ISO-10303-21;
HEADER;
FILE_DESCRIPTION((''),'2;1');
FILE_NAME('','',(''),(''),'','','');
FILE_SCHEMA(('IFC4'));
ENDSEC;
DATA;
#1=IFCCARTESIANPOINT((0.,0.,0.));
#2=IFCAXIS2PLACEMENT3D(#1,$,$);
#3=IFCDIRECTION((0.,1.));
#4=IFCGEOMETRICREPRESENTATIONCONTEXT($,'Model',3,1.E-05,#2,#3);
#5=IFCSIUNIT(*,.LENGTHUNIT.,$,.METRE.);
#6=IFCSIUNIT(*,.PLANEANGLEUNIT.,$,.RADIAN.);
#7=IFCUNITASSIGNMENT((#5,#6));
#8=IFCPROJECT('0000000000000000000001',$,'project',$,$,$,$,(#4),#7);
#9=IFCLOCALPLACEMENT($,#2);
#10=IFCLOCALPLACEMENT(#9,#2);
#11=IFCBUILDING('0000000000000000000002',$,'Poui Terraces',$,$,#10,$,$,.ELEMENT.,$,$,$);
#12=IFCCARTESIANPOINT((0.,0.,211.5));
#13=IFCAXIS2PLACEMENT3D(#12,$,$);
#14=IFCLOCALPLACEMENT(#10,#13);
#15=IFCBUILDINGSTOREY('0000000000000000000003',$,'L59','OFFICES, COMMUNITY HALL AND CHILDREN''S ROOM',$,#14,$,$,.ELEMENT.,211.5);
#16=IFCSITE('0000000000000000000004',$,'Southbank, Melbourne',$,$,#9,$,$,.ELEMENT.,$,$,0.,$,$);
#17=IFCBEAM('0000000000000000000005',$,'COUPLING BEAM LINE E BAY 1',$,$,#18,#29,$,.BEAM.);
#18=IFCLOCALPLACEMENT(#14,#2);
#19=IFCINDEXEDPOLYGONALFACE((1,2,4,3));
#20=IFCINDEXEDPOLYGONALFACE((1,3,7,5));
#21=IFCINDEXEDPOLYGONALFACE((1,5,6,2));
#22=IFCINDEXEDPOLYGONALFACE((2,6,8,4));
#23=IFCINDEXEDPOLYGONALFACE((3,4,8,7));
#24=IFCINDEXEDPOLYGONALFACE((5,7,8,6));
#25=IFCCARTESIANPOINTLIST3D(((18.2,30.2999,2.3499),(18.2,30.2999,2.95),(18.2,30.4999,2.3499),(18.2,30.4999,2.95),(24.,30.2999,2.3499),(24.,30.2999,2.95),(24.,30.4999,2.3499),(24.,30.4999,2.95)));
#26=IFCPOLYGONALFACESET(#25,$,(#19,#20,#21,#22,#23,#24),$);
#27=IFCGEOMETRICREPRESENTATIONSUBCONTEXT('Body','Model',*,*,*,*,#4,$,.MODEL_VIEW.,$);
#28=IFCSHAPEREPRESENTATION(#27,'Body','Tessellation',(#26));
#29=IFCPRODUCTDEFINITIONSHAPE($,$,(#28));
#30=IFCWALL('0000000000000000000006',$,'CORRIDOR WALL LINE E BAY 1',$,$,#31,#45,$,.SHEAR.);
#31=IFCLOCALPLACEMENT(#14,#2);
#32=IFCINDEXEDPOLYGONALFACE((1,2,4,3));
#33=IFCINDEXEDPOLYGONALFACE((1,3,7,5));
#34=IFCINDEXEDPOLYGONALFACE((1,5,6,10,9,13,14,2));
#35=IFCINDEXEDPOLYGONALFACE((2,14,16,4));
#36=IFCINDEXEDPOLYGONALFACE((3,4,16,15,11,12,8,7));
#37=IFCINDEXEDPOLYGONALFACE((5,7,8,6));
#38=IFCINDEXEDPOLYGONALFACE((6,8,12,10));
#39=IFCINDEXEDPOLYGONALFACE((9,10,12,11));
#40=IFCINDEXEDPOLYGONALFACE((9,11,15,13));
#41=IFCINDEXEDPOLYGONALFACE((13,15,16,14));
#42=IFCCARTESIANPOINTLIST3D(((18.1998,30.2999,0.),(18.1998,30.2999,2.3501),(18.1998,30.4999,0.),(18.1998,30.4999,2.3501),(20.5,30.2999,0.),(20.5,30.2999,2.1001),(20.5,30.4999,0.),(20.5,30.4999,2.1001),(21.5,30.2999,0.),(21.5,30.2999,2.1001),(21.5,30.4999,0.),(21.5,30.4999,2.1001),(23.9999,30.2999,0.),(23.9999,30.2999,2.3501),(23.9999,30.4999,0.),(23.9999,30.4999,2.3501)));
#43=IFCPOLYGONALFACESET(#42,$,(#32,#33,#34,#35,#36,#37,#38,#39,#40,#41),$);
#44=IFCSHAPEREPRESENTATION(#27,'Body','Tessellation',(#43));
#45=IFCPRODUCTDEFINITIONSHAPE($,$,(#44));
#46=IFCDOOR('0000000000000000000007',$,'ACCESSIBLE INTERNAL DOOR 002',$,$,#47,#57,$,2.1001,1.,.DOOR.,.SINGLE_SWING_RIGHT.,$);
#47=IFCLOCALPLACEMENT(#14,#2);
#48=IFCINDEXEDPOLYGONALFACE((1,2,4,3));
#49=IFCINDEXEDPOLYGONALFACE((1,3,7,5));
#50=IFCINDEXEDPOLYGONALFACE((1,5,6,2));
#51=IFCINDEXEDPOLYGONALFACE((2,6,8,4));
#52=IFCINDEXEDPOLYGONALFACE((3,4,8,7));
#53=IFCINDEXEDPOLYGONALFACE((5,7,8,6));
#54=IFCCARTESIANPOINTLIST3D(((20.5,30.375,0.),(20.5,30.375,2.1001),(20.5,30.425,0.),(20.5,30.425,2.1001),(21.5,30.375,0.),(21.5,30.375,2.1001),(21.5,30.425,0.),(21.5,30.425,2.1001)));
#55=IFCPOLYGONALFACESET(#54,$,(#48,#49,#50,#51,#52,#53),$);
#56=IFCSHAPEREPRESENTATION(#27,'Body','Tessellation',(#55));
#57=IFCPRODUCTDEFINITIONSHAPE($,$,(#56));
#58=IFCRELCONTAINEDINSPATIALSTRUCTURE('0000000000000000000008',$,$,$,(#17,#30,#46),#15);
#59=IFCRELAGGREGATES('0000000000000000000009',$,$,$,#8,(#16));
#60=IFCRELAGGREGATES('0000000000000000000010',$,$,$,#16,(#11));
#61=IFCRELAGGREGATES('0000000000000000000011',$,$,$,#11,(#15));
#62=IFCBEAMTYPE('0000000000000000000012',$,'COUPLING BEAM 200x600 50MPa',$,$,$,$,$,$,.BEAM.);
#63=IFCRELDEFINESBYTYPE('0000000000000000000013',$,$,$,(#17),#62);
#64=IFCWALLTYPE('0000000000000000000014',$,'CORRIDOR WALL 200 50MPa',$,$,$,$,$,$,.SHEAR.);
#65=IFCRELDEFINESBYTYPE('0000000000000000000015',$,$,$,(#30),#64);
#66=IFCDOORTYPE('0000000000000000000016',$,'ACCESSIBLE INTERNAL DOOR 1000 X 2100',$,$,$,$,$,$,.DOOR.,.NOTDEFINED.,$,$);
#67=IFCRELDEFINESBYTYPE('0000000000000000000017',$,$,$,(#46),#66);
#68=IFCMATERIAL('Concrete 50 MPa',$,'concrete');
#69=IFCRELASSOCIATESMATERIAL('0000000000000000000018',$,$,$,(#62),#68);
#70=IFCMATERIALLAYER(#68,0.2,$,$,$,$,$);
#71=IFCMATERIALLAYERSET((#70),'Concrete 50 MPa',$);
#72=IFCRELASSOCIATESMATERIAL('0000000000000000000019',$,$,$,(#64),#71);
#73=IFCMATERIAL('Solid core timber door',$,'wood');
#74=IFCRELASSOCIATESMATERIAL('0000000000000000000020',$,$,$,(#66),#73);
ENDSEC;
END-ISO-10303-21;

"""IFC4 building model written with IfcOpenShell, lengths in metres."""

from ifc_helpers import new_model, si_unit, direction, frame, frame_2d, origin, origin_2d, place, context, subcontext, project, spatial, rectangle, extrude, source, transform, mapped, material, layer, layer_set, material_profile, profile_set, type_object, element, fill, save


model = new_model("IFC4")

# Units and contexts
model_context = context("Model", 3, precision=1e-05, world=origin(), true_north=direction((0.0, 1.0)))
body_context = subcontext(model_context, "Body", "Model", "MODEL_VIEW")
ifc_project = project(units=[si_unit("LENGTHUNIT", "METRE"), si_unit("PLANEANGLEUNIT", "RADIAN")], contexts=[model_context])

# Site, building, storey
site_placement = place(None, origin())
site = spatial("IfcSite", under=ifc_project, at=site_placement, Name="Southbank, Melbourne", CompositionType="ELEMENT", RefElevation=0.0)
building_placement = place(site_placement, origin())
building = spatial("IfcBuilding", under=site, at=building_placement, Name="Poui Terraces", CompositionType="ELEMENT")
storey_placement = place(building_placement, frame((0.0, 0.0, 211.5)))
storey = spatial("IfcBuildingStorey", under=building, at=storey_placement, Name="L59", Description="OFFICES, COMMUNITY HALL AND CHILDREN'S ROOM", CompositionType="ELEMENT", Elevation=211.5)

# Beam
ifc_material_1 = material(Name="Concrete 50 MPa", Category="concrete")
ifc_material_profile = material_profile(ifc_material_1, rectangle(XDim=0.2, YDim=0.6001, at=origin_2d()), Name="RC 200x600")
ifc_profile_set = profile_set([ifc_material_profile], Name="Concrete 50 MPa")
beam_type = type_object("IfcBeamType", Name="COUPLING BEAM 200x600 50MPa", PredefinedType="BEAM", material=ifc_profile_set)
shared_shape = source(origin(), body_context, "Body", "SweptSolid", [
    extrude(rectangle(XDim=0.2, YDim=0.6001, at=origin_2d()), origin(), (0.0, 0.0, 1.0), 5.8),
])
beam_placement = place(storey_placement, frame((18.2, 30.3999, 2.6499), z_axis=(1.0, 0.0, 0.0), x_axis=(0.0, 1.0, 0.0)))
element("IfcBeam", 1, at=beam_placement, inside=storey, type_object=beam_type, Name="COUPLING BEAM LINE E BAY 1", PredefinedType="BEAM", context=body_context, shape_type="MappedRepresentation", body=[
    mapped(shared_shape, transform((0.0, 0.0, 0.0))),
])

# Wall, opening, door
ifc_layer_1 = layer(ifc_material_1, 0.2)
ifc_layer_set_1 = layer_set([ifc_layer_1], Name="Concrete 50 MPa")
wall_type_1 = type_object("IfcWallType", Name="CORRIDOR WALL 200 50MPa", PredefinedType="SHEAR", material=ifc_layer_set_1)
wall_1_placement = place(storey_placement, frame((18.2, 30.3999, 0.0), z_axis=(0.0, 0.0, 1.0), x_axis=(1.0, 0.0, 0.0)))
wall_1 = element("IfcWall", 2, at=wall_1_placement, inside=storey, type_object=wall_type_1, Name="CORRIDOR WALL LINE E BAY 1", PredefinedType="SHEAR", context=body_context, shape_type="SweptSolid", body=[
    extrude(rectangle(XDim=5.8, YDim=0.2, at=frame_2d((2.8999, 0.0))), origin(), (0.0, 0.0, 1.0), 2.3501),
])
opening_1_placement = place(wall_1_placement, frame((2.3, 0.0, 0.0)))
opening_1 = element("IfcOpeningElement", 3, at=opening_1_placement, cuts=wall_1, PredefinedType="OPENING", context=body_context, shape_type="SweptSolid", body=[
    extrude(rectangle(XDim=1.0, YDim=2.1001, at=frame_2d((0.5, 1.05))), frame((0.0, 0.1099, 0.0), z_axis=(0.0, -1.0, 0.0), x_axis=(1.0, 0.0, 0.0)), (0.0, 0.0, 1.0), 0.22),
])
ifc_material_2 = material(Name="Solid core timber door", Category="wood")
door_type_1 = type_object("IfcDoorType", Name="ACCESSIBLE INTERNAL DOOR 1000 X 2100", OperationType="NOTDEFINED", PredefinedType="DOOR", material=ifc_material_2)
door_1_placement = place(opening_1_placement, frame((1.0, 0.0, 0.0), z_axis=(0.0, 0.0, 1.0), x_axis=(-1.0, 0.0, 0.0)))
door_1 = element("IfcDoor", 4, at=door_1_placement, inside=storey, type_object=door_type_1, Name="ACCESSIBLE INTERNAL DOOR 002", OperationType="SINGLE_SWING_RIGHT", OverallHeight=2.1001, OverallWidth=1.0, PredefinedType="DOOR", context=body_context, shape_type="SweptSolid", body=[
    extrude(rectangle(XDim=1.0, YDim=2.1001, at=frame_2d((0.5, 1.05))), frame((0.0, 0.0249, 0.0), z_axis=(0.0, -1.0, 0.0), x_axis=(1.0, 0.0, 0.0)), (0.0, 0.0, 1.0), 0.05),
])
fill(opening_1, door_1)

save(model, "model.ifc")
